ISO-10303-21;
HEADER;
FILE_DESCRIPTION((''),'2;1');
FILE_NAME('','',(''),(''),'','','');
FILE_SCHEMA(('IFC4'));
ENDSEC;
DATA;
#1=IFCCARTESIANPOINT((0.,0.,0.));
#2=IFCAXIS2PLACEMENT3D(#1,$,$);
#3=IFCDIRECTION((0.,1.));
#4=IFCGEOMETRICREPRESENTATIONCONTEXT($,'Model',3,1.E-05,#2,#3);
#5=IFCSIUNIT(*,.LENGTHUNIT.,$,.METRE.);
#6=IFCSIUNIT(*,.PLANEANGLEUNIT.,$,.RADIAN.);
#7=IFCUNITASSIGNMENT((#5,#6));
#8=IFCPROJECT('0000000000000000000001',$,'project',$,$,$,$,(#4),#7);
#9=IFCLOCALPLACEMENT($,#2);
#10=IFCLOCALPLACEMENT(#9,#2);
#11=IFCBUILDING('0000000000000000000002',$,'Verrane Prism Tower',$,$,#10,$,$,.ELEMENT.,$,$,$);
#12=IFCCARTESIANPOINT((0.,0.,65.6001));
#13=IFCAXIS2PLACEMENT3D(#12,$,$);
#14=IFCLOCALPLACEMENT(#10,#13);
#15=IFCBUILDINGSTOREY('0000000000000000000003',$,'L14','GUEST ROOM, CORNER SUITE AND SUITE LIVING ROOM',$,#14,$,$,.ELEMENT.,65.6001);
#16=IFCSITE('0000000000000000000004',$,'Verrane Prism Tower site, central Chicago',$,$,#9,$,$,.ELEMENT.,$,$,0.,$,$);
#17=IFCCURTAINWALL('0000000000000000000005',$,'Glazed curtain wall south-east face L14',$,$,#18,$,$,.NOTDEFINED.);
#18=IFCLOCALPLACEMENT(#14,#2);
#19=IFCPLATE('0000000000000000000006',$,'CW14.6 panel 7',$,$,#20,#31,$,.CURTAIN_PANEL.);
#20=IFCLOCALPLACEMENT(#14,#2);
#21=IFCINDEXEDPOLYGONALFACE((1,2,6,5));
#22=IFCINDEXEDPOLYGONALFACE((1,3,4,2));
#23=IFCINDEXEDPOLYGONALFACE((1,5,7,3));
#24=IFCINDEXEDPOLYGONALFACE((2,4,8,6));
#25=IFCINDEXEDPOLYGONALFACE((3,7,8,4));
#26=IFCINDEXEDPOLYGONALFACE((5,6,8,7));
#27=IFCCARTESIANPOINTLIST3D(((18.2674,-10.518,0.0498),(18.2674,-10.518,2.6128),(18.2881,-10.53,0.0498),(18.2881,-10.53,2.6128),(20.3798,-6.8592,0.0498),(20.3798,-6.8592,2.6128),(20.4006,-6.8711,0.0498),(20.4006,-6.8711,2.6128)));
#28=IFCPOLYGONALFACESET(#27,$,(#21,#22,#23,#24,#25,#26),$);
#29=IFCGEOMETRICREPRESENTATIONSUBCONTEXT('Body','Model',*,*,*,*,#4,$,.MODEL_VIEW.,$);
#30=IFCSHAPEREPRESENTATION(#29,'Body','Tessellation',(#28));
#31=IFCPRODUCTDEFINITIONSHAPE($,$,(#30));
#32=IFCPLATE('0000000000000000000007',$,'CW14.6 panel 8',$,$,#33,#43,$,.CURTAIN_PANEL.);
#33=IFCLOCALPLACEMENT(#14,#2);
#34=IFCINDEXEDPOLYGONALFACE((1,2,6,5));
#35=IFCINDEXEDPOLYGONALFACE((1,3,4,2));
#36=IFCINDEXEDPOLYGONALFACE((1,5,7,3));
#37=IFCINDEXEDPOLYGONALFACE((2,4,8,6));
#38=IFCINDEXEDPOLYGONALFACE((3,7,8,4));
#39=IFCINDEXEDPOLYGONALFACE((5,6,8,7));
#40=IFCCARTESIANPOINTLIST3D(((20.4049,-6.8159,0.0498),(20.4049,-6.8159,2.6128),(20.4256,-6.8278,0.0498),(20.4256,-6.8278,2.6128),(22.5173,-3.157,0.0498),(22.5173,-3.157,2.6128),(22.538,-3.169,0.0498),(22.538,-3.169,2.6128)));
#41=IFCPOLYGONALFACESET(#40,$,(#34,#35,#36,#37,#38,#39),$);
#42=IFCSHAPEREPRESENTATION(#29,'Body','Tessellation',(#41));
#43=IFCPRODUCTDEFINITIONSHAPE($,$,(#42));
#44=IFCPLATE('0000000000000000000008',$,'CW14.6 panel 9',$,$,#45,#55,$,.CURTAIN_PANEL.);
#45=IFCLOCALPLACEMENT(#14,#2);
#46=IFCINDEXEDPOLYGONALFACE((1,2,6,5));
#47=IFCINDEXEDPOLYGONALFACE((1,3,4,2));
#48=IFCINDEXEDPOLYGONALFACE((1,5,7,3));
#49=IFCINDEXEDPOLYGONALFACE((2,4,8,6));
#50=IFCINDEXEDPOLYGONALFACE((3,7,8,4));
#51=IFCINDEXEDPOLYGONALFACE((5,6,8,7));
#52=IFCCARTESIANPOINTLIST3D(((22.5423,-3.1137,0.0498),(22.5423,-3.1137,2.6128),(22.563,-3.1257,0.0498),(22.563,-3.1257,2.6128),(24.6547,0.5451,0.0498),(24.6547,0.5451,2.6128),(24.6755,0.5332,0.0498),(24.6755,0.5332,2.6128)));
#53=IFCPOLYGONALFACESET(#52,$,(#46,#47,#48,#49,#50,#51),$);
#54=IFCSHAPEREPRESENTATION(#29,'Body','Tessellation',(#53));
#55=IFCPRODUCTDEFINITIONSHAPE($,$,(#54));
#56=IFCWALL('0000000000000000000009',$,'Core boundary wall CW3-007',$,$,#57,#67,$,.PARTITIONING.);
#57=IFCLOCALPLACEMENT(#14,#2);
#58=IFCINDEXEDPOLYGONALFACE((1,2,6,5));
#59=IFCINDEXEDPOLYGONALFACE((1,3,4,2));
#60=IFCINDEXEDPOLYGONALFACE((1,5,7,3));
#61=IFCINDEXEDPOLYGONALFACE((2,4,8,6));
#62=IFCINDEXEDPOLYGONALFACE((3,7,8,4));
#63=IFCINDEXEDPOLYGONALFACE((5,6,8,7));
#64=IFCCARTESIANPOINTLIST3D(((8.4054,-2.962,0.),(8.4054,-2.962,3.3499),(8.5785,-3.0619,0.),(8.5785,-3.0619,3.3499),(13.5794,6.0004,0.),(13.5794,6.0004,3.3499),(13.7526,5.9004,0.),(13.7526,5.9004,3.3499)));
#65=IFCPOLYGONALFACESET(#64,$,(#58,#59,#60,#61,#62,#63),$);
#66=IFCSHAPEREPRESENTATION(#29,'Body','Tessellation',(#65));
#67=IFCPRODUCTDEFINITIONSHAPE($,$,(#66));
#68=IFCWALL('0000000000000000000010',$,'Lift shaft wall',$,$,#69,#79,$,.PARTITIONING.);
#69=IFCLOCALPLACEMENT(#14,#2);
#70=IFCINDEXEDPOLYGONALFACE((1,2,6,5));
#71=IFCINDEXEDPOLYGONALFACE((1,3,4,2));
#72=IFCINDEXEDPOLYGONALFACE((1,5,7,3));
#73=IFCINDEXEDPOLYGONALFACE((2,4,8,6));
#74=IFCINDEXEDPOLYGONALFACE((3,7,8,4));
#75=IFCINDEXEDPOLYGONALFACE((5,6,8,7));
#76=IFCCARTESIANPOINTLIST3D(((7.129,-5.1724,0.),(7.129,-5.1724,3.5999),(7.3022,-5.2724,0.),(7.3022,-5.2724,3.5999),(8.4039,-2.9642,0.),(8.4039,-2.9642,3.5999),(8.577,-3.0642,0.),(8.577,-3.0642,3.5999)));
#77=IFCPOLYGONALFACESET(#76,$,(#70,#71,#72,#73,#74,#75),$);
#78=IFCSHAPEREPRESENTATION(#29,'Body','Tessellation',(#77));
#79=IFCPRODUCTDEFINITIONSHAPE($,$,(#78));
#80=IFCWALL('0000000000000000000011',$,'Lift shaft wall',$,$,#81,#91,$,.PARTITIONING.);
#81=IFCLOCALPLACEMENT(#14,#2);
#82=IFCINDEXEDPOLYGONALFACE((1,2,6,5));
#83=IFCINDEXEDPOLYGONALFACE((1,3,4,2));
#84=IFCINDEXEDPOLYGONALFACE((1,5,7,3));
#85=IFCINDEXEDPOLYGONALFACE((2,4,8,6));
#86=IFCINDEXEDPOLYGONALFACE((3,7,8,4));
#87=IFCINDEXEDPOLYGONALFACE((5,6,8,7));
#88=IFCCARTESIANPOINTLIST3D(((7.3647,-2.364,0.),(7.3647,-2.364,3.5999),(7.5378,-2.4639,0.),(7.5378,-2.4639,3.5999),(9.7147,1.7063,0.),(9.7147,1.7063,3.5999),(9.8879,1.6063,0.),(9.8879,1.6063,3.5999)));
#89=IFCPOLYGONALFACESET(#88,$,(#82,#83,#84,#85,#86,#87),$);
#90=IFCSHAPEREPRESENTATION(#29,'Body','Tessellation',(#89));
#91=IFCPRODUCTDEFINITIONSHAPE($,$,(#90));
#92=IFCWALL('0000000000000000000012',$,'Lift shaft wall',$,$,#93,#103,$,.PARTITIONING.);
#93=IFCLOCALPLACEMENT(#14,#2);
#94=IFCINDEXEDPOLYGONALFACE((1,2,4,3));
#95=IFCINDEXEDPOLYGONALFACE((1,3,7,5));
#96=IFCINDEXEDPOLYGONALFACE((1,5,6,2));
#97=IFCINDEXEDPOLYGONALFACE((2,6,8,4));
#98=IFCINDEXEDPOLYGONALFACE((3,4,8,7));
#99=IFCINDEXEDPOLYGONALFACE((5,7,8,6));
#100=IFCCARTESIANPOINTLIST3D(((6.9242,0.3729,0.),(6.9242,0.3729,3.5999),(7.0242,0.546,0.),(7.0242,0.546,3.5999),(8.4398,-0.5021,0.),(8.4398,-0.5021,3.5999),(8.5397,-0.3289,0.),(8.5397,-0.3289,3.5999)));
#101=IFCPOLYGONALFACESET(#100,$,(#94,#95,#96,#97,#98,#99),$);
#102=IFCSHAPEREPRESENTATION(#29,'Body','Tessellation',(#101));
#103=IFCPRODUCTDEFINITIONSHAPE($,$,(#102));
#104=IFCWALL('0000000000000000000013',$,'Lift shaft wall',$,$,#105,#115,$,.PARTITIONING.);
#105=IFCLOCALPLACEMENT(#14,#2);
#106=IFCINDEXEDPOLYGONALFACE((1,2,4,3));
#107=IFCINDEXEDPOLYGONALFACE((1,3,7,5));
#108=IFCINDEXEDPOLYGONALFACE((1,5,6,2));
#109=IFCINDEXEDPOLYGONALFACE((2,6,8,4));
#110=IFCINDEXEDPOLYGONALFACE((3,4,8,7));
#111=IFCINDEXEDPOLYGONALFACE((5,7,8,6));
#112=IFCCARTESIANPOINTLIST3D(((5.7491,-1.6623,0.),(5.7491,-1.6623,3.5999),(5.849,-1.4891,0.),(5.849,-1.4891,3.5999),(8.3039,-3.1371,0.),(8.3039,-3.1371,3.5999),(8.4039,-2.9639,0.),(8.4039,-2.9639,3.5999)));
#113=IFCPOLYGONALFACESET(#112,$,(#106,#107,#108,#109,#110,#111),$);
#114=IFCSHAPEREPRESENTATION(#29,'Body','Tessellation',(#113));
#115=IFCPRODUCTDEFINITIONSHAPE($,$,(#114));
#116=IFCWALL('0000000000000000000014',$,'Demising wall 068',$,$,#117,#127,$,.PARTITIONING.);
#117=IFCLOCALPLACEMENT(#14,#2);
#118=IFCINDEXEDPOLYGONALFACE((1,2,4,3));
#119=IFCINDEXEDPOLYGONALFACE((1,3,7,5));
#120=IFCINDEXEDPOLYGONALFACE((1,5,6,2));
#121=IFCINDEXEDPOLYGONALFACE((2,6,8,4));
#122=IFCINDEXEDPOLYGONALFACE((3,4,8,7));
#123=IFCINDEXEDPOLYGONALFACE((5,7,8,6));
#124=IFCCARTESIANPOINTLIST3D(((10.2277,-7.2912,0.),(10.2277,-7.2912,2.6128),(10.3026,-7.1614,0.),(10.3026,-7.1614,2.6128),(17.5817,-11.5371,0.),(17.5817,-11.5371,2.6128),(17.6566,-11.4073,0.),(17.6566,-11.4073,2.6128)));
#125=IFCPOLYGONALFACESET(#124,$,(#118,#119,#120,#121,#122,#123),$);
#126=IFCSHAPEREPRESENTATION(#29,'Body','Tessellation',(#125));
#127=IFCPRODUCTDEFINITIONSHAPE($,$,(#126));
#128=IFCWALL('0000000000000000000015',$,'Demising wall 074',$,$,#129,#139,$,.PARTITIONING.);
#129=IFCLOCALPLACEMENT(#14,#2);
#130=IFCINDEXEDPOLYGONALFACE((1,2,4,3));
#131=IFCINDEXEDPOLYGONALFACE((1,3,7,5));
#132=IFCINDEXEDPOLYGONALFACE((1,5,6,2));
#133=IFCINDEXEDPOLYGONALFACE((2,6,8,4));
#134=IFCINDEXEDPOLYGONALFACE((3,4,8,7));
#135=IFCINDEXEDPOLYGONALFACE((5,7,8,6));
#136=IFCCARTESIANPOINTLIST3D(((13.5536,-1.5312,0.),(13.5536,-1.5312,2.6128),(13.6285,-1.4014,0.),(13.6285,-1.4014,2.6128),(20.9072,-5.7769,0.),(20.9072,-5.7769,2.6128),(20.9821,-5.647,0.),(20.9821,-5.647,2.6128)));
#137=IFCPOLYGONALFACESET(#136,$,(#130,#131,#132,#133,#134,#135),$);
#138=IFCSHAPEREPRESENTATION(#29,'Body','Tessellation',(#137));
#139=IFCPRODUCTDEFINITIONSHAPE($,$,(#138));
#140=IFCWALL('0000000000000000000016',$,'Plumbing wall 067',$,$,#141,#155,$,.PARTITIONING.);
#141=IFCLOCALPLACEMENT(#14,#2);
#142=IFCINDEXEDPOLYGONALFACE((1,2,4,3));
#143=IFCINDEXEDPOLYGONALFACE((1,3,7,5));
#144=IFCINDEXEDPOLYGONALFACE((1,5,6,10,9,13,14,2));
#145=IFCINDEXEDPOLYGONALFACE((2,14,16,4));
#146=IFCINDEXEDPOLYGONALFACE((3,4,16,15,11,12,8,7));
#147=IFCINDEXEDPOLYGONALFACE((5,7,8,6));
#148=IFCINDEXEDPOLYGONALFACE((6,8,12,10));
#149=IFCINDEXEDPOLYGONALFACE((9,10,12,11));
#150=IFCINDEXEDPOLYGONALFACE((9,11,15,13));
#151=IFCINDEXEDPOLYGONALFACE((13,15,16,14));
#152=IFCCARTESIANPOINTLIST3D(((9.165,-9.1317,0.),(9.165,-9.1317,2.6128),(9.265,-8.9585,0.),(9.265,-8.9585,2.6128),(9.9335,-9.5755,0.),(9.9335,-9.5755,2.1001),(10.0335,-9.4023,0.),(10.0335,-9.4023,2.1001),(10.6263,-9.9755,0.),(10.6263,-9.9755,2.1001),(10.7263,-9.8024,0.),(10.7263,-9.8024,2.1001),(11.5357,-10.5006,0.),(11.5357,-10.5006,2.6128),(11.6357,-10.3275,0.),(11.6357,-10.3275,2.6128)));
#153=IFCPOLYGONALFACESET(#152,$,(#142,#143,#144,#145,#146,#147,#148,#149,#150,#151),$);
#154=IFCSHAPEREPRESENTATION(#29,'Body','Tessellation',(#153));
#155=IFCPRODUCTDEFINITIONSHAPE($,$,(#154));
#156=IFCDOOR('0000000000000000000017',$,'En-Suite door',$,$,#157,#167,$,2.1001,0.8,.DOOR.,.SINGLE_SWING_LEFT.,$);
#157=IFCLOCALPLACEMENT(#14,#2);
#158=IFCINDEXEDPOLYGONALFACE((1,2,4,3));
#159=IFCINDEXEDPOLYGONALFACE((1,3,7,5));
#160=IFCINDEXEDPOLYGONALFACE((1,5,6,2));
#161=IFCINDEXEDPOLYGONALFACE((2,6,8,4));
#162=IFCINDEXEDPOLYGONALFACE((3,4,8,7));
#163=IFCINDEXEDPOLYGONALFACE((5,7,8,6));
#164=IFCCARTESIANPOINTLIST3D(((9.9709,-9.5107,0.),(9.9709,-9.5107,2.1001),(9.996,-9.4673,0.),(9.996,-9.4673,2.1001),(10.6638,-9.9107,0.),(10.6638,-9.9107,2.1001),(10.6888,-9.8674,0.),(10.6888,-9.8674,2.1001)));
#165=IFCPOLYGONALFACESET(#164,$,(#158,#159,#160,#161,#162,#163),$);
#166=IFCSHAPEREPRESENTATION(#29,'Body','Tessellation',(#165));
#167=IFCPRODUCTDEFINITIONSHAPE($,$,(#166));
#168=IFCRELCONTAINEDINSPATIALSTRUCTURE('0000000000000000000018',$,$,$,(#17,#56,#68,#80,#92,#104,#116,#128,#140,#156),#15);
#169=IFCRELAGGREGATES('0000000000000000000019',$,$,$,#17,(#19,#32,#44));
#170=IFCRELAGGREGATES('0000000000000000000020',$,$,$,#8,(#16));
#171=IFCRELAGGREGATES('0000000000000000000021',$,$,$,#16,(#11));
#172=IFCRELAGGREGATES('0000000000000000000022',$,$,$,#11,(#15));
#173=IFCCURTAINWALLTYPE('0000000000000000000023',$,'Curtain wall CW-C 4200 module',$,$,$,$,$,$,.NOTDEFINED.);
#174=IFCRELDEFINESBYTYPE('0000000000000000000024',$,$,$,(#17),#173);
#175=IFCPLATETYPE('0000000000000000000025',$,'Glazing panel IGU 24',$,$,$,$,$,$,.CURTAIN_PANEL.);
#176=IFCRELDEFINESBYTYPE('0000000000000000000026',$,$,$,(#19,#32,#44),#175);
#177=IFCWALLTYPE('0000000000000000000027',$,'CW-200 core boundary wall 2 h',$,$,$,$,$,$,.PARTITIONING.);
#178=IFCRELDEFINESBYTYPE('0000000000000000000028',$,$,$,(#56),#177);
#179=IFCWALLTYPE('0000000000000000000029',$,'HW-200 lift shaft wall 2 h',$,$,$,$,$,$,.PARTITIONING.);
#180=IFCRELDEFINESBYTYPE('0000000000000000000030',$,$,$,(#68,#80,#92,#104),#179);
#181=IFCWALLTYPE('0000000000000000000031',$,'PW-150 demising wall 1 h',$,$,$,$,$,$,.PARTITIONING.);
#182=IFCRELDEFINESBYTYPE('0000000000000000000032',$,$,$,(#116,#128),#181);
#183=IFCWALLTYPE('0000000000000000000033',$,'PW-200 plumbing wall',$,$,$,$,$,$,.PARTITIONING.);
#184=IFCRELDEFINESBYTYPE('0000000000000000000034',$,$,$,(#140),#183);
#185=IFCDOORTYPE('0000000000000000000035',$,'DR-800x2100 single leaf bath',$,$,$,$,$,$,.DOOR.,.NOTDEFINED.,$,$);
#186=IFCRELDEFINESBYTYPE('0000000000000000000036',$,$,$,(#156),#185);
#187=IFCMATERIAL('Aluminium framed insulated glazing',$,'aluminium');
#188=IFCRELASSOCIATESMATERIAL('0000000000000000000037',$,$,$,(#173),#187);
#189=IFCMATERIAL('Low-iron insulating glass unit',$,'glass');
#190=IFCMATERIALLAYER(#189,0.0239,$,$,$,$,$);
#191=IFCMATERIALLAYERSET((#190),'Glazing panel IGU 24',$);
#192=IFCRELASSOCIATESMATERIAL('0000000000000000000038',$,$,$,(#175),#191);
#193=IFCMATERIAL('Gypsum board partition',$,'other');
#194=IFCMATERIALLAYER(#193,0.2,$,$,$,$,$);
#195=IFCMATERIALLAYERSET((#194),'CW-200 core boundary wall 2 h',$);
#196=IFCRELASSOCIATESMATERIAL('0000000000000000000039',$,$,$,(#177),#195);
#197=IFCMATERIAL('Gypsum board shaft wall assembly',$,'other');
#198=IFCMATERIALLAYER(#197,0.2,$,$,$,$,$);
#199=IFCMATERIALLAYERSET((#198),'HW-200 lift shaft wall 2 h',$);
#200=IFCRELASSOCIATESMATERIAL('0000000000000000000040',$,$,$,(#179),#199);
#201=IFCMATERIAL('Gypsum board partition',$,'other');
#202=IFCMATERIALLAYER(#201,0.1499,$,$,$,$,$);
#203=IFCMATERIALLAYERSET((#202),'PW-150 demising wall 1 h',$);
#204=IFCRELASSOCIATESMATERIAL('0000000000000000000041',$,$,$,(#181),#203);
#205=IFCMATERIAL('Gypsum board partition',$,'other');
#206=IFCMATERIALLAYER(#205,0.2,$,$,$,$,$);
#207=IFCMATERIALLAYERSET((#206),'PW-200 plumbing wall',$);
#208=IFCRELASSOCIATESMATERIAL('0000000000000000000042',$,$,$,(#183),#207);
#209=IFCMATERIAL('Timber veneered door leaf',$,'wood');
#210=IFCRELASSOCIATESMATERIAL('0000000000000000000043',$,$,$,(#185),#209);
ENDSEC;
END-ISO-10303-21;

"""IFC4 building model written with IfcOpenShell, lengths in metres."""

from ifc_helpers import new_model, si_unit, direction, frame, frame_2d, origin, origin_2d, place, context, subcontext, project, spatial, rectangle, extrude, material, layer, layer_set, type_object, element, fill, aggregate, save


model = new_model("IFC4")

# Units and contexts
model_context = context("Model", 3, precision=1e-05, world=origin(), true_north=direction((0.0, 1.0)))
body_context = subcontext(model_context, "Body", "Model", "MODEL_VIEW")
ifc_project = project(units=[si_unit("LENGTHUNIT", "METRE"), si_unit("PLANEANGLEUNIT", "RADIAN")], contexts=[model_context])

# Site, building, storey
site_placement = place(None, origin())
site = spatial("IfcSite", under=ifc_project, at=site_placement, Name="Verrane Prism Tower site, central Chicago", CompositionType="ELEMENT", RefElevation=0.0)
building_placement = place(site_placement, origin())
building = spatial("IfcBuilding", under=site, at=building_placement, Name="Verrane Prism Tower", CompositionType="ELEMENT")
storey_placement = place(building_placement, frame((0.0, 0.0, 65.6001)))
storey = spatial("IfcBuildingStorey", under=building, at=storey_placement, Name="L14", Description="GUEST ROOM, CORNER SUITE AND SUITE LIVING ROOM", CompositionType="ELEMENT", Elevation=65.6001)

# Curtain wall
ifc_material_1 = material(Name="Aluminium framed insulated glazing", Category="aluminium")
curtain_wall_type = type_object("IfcCurtainWallType", Name="Curtain wall CW-C 4200 module", PredefinedType="NOTDEFINED", material=ifc_material_1)
curtain_wall_placement = place(storey_placement, origin())
curtain_wall = element("IfcCurtainWall", 1, at=curtain_wall_placement, inside=storey, type_object=curtain_wall_type, Name="Glazed curtain wall south-east face L14", PredefinedType="NOTDEFINED")

# Plates
ifc_material_2 = material(Name="Low-iron insulating glass unit", Category="glass")
ifc_layer_1 = layer(ifc_material_2, 0.0239)
ifc_layer_set_1 = layer_set([ifc_layer_1], Name="Glazing panel IGU 24")
plate_type = type_object("IfcPlateType", Name="Glazing panel IGU 24", PredefinedType="CURTAIN_PANEL", material=ifc_layer_set_1)
plate_1_placement = place(storey_placement, frame((19.334, -8.6946, 0.0498), z_axis=(0.0, 0.0, 1.0), x_axis=(0.5, 0.866025, 0.0)))
plate_1 = element("IfcPlate", 2, at=plate_1_placement, type_object=plate_type, Name="CW14.6 panel 7", PredefinedType="CURTAIN_PANEL", context=body_context, shape_type="SweptSolid", body=[
    extrude(rectangle(XDim=4.2249, YDim=0.0239, at=origin_2d()), origin(), (0.0, 0.0, 1.0), 2.563),
])
plate_2_placement = place(storey_placement, frame((21.4714, -4.9924, 0.0498), z_axis=(0.0, 0.0, 1.0), x_axis=(0.5, 0.866025, 0.0)))
plate_2 = element("IfcPlate", 3, at=plate_2_placement, type_object=plate_type, Name="CW14.6 panel 8", PredefinedType="CURTAIN_PANEL", context=body_context, shape_type="SweptSolid", body=[
    extrude(rectangle(XDim=4.2249, YDim=0.0239, at=origin_2d()), origin(), (0.0, 0.0, 1.0), 2.563),
])
plate_3_placement = place(storey_placement, frame((23.6089, -1.2903, 0.0498), z_axis=(0.0, 0.0, 1.0), x_axis=(0.5, 0.866025, 0.0)))
plate_3 = element("IfcPlate", 4, at=plate_3_placement, type_object=plate_type, Name="CW14.6 panel 9", PredefinedType="CURTAIN_PANEL", context=body_context, shape_type="SweptSolid", body=[
    extrude(rectangle(XDim=4.2249, YDim=0.0239, at=origin_2d()), origin(), (0.0, 0.0, 1.0), 2.563),
])
aggregate(curtain_wall, [plate_1, plate_2, plate_3])

# Walls
ifc_material_3 = material(Name="Gypsum board partition", Category="other")
ifc_layer_2 = layer(ifc_material_3, 0.2)
ifc_layer_set_2 = layer_set([ifc_layer_2], Name="CW-200 core boundary wall 2 h")
wall_type_1 = type_object("IfcWallType", Name="CW-200 core boundary wall 2 h", PredefinedType="PARTITIONING", material=ifc_layer_set_2)
wall_1_placement = place(storey_placement, frame((8.4919, -3.012, 0.0), z_axis=(0.0, 0.0, 1.0), x_axis=(0.499973, 0.866041, 0.0)))
element("IfcWall", 5, at=wall_1_placement, inside=storey, type_object=wall_type_1, Name="Core boundary wall CW3-007", PredefinedType="PARTITIONING", context=body_context, shape_type="SweptSolid", body=[
    extrude(rectangle(XDim=10.3486, YDim=0.2, at=frame_2d((5.1743, 0.0))), origin(), (0.0, 0.0, 1.0), 3.3499),
])
ifc_material_4 = material(Name="Gypsum board shaft wall assembly", Category="other")
ifc_layer_3 = layer(ifc_material_4, 0.2)
ifc_layer_set_3 = layer_set([ifc_layer_3], Name="HW-200 lift shaft wall 2 h")
wall_type_2 = type_object("IfcWallType", Name="HW-200 lift shaft wall 2 h", PredefinedType="PARTITIONING", material=ifc_layer_set_3)
wall_2_placement = place(storey_placement, frame((7.2156, -5.2224, 0.0), z_axis=(0.0, 0.0, 1.0), x_axis=(0.49999, 0.866031, 0.0)))
element("IfcWall", 6, at=wall_2_placement, inside=storey, type_object=wall_type_2, Name="Lift shaft wall", PredefinedType="PARTITIONING", context=body_context, shape_type="SweptSolid", body=[
    extrude(rectangle(XDim=2.5498, YDim=0.2, at=frame_2d((1.2749, 0.0))), origin(), (0.0, 0.0, 1.0), 3.5999),
])
wall_3_placement = place(storey_placement, frame((7.4512, -2.4141, 0.0), z_axis=(0.0, 0.0, 1.0), x_axis=(0.500016, 0.866016, 0.0)))
element("IfcWall", 7, at=wall_3_placement, inside=storey, type_object=wall_type_2, Name="Lift shaft wall", PredefinedType="PARTITIONING", context=body_context, shape_type="SweptSolid", body=[
    extrude(rectangle(XDim=4.7, YDim=0.2, at=frame_2d((2.3501, 0.0))), origin(), (0.0, 0.0, 1.0), 3.5999),
])
wall_4_placement = place(storey_placement, frame((8.4897, -0.4155, 0.0), z_axis=(0.0, 0.0, 1.0), x_axis=(-0.866037, 0.49998, 0.0)))
element("IfcWall", 8, at=wall_4_placement, inside=storey, type_object=wall_type_2, Name="Lift shaft wall", PredefinedType="PARTITIONING", context=body_context, shape_type="SweptSolid", body=[
    extrude(rectangle(XDim=1.75, YDim=0.2, at=frame_2d((0.875, 0.0))), origin(), (0.0, 0.0, 1.0), 3.5999),
])
wall_5_placement = place(storey_placement, frame((8.354, -3.0505, 0.0), z_axis=(0.0, 0.0, 1.0), x_axis=(-0.86606, 0.49994, 0.0)))
element("IfcWall", 9, at=wall_5_placement, inside=storey, type_object=wall_type_2, Name="Lift shaft wall", PredefinedType="PARTITIONING", context=body_context, shape_type="SweptSolid", body=[
    extrude(rectangle(XDim=2.95, YDim=0.2, at=frame_2d((1.4751, 0.0))), origin(), (0.0, 0.0, 1.0), 3.5999),
])
ifc_material_5 = material(Name="Gypsum board partition", Category="other")
ifc_layer_4 = layer(ifc_material_5, 0.1499)
ifc_layer_set_4 = layer_set([ifc_layer_4], Name="PW-150 demising wall 1 h")
wall_type_3 = type_object("IfcWallType", Name="PW-150 demising wall 1 h", PredefinedType="PARTITIONING", material=ifc_layer_set_4)
wall_6_placement = place(storey_placement, frame((10.2651, -7.2263, 0.0), z_axis=(0.0, 0.0, 1.0), x_axis=(0.866025, -0.500001, 0.0)))
element("IfcWall", 10, at=wall_6_placement, inside=storey, type_object=wall_type_3, Name="Demising wall 068", PredefinedType="PARTITIONING", context=body_context, shape_type="SweptSolid", body=[
    extrude(rectangle(XDim=8.4917, YDim=0.1499, at=frame_2d((4.2458, 0.0))), origin(), (0.0, 0.0, 1.0), 2.6128),
])
wall_7_placement = place(storey_placement, frame((13.5911, -1.4663, 0.0), z_axis=(0.0, 0.0, 1.0), x_axis=(0.866023, -0.500005, 0.0)))
element("IfcWall", 11, at=wall_7_placement, inside=storey, type_object=wall_type_3, Name="Demising wall 074", PredefinedType="PARTITIONING", context=body_context, shape_type="SweptSolid", body=[
    extrude(rectangle(XDim=8.4912, YDim=0.1499, at=frame_2d((4.2456, 0.0))), origin(), (0.0, 0.0, 1.0), 2.6128),
])

# Wall, opening, door
ifc_material_6 = material(Name="Gypsum board partition", Category="other")
ifc_layer_5 = layer(ifc_material_6, 0.2)
ifc_layer_set_5 = layer_set([ifc_layer_5], Name="PW-200 plumbing wall")
wall_type_4 = type_object("IfcWallType", Name="PW-200 plumbing wall", PredefinedType="PARTITIONING", material=ifc_layer_set_5)
wall_8_placement = place(storey_placement, frame((9.2151, -9.0452, 0.0), z_axis=(0.0, 0.0, 1.0), x_axis=(0.86599, -0.500062, 0.0)))
wall_8 = element("IfcWall", 12, at=wall_8_placement, inside=storey, type_object=wall_type_4, Name="Plumbing wall 067", PredefinedType="PARTITIONING", context=body_context, shape_type="SweptSolid", body=[
    extrude(rectangle(XDim=2.7375, YDim=0.2, at=frame_2d((1.3687, 0.0))), origin(), (0.0, 0.0, 1.0), 2.6128),
])
opening_1_placement = place(wall_8_placement, frame((0.8875, 0.0, 0.0)))
opening_1 = element("IfcOpeningElement", 13, at=opening_1_placement, cuts=wall_8, PredefinedType="OPENING", context=body_context, shape_type="SweptSolid", body=[
    extrude(rectangle(XDim=0.8, YDim=2.1001, at=frame_2d((0.3999, 1.05))), frame((0.0, 0.1099, 0.0), z_axis=(0.0, -1.0, 0.0), x_axis=(1.0, 0.0, 0.0)), (0.0, 0.0, 1.0), 0.22),
])
ifc_material_7 = material(Name="Timber veneered door leaf", Category="wood")
door_type = type_object("IfcDoorType", Name="DR-800x2100 single leaf bath", OperationType="NOTDEFINED", PredefinedType="DOOR", material=ifc_material_7)
door_1_placement = place(opening_1_placement, origin())
door_1 = element("IfcDoor", 14, at=door_1_placement, inside=storey, type_object=door_type, Name="En-Suite door", OperationType="SINGLE_SWING_LEFT", OverallHeight=2.1001, OverallWidth=0.8, PredefinedType="DOOR", context=body_context, shape_type="SweptSolid", body=[
    extrude(rectangle(XDim=0.8, YDim=2.1001, at=frame_2d((0.3999, 1.05))), frame((0.0, 0.0249, 0.0), z_axis=(0.0, -1.0, 0.0), x_axis=(1.0, 0.0, 0.0)), (0.0, 0.0, 1.0), 0.05),
])
fill(opening_1, door_1)

save(model, "model.ifc")
